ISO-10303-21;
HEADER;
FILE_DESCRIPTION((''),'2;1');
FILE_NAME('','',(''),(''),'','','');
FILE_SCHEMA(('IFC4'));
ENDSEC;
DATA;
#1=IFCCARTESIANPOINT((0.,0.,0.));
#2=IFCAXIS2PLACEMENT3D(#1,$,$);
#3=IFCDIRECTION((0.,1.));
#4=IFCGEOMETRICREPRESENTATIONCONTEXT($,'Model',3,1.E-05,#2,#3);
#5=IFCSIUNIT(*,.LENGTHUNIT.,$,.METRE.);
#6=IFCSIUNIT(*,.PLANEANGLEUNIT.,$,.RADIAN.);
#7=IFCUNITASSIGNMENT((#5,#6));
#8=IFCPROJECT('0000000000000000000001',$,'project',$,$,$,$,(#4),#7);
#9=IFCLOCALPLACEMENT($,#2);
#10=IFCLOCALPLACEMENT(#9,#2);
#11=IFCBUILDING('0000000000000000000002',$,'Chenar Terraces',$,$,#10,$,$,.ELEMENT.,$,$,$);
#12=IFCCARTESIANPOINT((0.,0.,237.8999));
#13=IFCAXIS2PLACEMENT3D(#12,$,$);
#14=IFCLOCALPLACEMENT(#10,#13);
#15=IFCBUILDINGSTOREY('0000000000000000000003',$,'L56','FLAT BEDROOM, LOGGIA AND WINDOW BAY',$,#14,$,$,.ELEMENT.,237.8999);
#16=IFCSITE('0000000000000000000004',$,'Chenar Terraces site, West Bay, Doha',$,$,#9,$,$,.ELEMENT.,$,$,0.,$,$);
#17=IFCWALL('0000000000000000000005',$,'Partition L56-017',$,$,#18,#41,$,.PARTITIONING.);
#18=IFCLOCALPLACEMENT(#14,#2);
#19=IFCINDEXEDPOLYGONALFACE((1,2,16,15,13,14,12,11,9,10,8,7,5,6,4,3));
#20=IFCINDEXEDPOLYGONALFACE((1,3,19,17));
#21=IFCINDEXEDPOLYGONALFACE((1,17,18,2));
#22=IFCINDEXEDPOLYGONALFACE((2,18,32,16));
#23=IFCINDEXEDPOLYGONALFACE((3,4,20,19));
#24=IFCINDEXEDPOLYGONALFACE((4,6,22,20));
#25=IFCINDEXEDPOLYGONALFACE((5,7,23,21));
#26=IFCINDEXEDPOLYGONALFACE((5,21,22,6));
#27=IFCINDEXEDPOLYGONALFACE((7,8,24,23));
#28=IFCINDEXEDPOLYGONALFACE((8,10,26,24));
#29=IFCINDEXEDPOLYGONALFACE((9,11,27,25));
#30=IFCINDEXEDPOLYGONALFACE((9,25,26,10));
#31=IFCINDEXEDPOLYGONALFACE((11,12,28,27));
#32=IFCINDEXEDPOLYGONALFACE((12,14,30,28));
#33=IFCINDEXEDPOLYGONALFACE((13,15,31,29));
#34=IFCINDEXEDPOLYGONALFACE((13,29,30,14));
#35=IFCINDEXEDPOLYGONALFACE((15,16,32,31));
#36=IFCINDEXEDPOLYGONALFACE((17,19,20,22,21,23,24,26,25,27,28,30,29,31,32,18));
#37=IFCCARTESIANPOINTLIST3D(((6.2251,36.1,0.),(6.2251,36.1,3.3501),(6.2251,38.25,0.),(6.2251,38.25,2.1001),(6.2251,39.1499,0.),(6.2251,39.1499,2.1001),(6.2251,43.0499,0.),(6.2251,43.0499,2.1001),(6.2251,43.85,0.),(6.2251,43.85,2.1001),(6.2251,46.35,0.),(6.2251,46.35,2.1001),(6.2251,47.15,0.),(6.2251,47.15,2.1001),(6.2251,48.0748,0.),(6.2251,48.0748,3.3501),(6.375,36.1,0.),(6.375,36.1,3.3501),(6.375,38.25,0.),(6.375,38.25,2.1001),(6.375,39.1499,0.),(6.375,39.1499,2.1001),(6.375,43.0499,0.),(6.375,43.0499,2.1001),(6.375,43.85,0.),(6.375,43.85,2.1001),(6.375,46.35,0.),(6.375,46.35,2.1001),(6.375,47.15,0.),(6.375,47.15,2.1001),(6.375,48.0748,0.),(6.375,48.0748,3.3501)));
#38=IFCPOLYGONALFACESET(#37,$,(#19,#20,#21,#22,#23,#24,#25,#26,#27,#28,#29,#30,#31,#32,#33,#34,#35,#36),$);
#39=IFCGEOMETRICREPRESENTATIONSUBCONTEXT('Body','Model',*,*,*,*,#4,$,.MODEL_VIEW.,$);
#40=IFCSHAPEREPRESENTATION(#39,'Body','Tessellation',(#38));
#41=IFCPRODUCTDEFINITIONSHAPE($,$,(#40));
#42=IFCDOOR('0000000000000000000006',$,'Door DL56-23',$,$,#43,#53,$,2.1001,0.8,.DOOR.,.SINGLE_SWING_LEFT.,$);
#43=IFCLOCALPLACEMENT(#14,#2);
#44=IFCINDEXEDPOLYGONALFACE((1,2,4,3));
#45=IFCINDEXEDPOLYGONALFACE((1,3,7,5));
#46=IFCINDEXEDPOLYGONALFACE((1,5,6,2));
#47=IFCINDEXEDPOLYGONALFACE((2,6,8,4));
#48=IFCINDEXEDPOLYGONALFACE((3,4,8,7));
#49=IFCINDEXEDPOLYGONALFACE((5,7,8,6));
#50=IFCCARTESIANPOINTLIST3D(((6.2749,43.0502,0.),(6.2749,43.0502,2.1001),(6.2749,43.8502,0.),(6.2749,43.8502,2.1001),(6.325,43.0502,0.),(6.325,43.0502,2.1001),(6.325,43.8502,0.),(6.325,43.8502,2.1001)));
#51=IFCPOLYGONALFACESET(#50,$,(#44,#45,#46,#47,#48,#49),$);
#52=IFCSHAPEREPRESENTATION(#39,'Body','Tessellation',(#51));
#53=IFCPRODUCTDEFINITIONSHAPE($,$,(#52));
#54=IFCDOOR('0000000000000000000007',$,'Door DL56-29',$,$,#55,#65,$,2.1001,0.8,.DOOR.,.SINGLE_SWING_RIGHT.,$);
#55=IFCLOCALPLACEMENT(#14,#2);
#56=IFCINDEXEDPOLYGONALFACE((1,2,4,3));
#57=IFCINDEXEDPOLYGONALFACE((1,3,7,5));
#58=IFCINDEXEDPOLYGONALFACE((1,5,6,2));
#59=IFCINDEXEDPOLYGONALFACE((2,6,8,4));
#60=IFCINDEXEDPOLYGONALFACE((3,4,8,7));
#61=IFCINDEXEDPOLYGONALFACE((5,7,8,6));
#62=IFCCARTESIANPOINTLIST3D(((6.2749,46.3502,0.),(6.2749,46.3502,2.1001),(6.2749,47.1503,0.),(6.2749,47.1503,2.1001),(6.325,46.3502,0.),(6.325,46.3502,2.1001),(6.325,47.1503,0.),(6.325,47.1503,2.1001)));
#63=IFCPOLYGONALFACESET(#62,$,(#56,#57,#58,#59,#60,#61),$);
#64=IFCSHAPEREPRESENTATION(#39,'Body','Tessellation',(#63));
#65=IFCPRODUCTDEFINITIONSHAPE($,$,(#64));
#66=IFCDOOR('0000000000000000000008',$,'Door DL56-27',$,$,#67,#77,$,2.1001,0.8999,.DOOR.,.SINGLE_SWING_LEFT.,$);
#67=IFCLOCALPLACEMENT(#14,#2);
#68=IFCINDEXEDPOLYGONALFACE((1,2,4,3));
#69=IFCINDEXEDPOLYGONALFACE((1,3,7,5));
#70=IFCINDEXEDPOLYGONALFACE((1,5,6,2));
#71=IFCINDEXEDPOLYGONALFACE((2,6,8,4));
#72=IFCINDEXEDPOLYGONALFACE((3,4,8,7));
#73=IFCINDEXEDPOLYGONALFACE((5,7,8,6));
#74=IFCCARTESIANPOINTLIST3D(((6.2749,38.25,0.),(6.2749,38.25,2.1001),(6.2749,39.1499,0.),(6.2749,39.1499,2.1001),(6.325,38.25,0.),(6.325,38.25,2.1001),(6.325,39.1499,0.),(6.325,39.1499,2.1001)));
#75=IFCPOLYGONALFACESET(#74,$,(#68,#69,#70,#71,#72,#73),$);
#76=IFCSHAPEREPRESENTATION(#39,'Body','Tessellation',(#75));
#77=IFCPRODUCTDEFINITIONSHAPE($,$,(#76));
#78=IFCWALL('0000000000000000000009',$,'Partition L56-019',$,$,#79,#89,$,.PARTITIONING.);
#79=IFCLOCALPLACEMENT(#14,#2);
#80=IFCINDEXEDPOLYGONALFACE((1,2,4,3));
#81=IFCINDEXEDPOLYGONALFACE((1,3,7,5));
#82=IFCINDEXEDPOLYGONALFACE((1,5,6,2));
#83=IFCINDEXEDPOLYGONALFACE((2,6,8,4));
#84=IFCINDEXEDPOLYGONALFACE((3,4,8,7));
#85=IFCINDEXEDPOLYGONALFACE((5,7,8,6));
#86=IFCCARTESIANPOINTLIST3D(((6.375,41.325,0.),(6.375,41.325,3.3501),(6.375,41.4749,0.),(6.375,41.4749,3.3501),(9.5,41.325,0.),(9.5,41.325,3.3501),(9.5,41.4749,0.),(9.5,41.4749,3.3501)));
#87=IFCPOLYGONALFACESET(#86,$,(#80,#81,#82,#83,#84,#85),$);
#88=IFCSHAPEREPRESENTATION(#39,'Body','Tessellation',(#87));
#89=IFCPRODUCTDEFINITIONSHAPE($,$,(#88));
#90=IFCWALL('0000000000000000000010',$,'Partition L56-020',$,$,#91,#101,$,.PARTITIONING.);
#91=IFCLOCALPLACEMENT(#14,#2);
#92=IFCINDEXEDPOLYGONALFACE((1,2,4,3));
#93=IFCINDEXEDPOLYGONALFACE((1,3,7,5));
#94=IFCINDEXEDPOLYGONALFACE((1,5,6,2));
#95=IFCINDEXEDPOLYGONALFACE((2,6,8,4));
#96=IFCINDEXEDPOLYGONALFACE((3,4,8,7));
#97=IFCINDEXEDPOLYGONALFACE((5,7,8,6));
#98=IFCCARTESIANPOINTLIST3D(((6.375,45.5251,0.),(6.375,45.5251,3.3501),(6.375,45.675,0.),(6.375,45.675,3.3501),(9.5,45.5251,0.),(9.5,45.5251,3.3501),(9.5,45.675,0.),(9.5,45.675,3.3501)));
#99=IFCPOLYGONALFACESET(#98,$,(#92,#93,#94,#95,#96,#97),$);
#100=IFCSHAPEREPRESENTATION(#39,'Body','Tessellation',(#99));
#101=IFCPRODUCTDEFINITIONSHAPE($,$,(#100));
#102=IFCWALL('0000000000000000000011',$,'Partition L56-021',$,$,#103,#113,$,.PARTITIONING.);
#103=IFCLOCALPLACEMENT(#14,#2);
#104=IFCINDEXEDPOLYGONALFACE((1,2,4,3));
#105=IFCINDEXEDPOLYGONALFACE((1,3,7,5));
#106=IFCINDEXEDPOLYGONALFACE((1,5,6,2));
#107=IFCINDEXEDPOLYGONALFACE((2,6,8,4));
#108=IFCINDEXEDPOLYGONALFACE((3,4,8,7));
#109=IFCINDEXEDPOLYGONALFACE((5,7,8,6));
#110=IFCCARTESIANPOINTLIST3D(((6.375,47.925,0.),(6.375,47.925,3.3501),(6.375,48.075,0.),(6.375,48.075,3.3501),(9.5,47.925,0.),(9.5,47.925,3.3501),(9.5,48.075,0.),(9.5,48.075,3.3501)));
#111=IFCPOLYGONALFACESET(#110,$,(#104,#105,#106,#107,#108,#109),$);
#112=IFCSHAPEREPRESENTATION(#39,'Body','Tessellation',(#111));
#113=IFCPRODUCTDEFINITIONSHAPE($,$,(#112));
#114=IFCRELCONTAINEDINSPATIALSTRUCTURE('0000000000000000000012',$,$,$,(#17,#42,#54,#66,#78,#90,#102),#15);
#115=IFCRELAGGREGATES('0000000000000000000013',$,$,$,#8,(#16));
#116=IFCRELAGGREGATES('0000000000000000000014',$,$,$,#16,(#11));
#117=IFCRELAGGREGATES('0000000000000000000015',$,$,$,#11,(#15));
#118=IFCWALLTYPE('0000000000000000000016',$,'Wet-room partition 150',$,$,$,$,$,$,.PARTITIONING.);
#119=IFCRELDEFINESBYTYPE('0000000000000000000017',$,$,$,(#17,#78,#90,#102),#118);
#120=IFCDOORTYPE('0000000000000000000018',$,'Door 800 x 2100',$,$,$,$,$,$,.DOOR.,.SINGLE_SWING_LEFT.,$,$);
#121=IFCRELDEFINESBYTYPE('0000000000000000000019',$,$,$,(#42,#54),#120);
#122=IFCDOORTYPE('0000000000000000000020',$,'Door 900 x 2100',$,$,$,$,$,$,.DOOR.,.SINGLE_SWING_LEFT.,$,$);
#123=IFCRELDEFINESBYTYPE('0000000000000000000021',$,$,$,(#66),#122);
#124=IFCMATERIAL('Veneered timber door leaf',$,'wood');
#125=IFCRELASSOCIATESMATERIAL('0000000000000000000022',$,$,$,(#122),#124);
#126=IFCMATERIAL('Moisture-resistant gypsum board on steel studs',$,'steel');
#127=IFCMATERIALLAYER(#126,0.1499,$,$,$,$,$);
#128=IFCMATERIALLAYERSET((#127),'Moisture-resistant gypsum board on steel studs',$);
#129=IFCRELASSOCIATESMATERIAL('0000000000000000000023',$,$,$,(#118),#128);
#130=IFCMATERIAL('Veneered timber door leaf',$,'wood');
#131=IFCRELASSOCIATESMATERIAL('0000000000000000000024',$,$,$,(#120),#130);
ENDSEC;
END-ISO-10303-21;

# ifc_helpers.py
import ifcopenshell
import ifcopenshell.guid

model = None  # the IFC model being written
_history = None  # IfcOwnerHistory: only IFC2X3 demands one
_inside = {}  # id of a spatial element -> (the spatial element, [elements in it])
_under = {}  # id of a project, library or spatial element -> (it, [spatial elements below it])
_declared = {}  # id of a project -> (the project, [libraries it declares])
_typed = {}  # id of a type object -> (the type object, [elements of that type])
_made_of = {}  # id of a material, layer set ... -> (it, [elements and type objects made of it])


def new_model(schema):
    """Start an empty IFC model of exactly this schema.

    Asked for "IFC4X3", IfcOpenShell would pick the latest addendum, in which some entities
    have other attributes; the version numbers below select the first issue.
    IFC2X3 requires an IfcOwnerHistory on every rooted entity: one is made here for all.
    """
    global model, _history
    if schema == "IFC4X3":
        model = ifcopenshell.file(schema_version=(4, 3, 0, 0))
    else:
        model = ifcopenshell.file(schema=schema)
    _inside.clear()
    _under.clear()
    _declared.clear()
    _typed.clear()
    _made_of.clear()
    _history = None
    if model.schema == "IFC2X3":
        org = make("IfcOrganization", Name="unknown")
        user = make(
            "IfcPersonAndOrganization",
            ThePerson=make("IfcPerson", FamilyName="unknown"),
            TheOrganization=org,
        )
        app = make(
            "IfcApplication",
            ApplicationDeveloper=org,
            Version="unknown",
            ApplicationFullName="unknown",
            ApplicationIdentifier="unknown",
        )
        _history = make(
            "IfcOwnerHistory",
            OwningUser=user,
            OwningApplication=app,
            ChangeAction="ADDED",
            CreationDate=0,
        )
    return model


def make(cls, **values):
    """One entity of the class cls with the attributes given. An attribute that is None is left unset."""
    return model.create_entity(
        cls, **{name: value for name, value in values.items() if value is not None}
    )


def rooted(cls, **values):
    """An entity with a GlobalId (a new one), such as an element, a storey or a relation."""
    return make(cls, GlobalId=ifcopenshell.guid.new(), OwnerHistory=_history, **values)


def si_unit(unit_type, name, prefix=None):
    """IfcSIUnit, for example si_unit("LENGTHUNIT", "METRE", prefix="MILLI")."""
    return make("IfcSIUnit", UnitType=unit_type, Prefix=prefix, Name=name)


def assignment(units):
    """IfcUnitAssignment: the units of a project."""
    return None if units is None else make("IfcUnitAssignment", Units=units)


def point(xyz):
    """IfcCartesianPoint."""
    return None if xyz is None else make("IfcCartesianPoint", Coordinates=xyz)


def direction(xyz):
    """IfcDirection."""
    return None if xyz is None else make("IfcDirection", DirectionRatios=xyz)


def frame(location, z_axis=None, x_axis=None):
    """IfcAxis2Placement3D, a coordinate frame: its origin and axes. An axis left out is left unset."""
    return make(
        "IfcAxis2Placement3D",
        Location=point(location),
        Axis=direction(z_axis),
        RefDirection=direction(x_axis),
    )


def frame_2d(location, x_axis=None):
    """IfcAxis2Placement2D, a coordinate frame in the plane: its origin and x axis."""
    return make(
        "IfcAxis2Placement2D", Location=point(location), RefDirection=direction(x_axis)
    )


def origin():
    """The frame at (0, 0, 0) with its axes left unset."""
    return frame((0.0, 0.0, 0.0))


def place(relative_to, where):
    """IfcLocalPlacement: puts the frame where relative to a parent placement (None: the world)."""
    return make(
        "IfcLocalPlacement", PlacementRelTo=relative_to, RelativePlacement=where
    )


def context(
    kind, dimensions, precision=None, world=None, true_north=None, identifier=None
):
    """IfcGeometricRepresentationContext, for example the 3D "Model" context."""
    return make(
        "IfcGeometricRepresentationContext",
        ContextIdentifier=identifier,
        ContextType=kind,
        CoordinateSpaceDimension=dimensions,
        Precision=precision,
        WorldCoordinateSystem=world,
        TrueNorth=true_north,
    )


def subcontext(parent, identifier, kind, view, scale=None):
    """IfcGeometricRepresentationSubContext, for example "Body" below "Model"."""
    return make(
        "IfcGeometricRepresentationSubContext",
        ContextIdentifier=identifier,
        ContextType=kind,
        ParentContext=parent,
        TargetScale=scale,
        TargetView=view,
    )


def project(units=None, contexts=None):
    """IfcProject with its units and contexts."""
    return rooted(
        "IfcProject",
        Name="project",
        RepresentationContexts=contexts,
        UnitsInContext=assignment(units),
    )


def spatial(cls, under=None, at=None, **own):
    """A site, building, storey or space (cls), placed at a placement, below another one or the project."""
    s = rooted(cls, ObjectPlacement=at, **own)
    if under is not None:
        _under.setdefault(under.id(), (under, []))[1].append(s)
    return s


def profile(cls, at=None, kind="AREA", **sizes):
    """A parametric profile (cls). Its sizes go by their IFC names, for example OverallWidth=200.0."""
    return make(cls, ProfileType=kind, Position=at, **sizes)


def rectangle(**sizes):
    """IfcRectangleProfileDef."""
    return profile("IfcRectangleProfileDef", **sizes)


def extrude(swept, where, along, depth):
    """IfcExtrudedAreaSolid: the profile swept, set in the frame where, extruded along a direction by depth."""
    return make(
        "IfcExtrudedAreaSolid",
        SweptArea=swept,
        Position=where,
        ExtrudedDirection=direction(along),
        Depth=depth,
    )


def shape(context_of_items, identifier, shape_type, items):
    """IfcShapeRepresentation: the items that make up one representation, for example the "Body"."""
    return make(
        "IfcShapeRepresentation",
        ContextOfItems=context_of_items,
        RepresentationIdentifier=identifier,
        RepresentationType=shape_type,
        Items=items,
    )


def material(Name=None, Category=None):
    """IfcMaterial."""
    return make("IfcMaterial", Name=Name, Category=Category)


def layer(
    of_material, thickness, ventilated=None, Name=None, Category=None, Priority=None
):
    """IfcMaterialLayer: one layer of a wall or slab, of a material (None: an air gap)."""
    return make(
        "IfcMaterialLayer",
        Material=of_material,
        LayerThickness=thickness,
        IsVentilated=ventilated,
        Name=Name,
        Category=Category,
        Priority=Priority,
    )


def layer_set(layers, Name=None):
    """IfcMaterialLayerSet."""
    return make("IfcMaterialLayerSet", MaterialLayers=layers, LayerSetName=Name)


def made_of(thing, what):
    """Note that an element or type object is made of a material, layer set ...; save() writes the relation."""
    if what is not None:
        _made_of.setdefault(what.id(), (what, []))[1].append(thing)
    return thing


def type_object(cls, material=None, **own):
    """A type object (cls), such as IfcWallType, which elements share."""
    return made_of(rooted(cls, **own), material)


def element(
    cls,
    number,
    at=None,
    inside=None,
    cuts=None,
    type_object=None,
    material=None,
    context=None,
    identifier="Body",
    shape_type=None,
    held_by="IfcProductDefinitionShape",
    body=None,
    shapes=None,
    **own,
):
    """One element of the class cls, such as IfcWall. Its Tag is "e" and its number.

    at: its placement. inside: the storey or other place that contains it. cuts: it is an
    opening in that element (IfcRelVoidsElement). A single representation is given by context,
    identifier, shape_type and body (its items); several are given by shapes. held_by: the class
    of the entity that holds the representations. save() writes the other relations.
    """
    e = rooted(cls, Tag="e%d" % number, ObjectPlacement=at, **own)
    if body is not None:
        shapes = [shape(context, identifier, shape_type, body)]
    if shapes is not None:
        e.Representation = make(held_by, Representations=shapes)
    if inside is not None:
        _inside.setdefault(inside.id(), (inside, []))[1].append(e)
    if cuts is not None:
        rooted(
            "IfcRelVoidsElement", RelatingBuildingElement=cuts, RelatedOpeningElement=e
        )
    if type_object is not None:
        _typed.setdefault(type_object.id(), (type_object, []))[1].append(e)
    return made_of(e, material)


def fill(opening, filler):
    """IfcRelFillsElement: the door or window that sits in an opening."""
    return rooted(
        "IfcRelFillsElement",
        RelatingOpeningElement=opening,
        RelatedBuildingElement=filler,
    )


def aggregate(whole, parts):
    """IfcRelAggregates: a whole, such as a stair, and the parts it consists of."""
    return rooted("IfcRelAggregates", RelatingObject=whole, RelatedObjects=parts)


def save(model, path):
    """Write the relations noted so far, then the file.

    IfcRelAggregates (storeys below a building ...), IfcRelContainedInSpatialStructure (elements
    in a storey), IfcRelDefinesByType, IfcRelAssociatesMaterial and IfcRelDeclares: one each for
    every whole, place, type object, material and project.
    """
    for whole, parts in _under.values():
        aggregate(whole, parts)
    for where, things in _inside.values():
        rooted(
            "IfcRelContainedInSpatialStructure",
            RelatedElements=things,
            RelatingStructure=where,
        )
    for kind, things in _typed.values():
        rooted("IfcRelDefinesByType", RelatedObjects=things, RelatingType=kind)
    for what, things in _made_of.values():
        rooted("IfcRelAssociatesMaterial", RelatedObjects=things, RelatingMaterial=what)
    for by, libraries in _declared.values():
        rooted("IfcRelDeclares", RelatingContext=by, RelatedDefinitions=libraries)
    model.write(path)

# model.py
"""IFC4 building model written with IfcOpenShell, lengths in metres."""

from ifc_helpers import new_model, si_unit, direction, frame, frame_2d, origin, place, context, subcontext, project, spatial, rectangle, extrude, material, layer, layer_set, type_object, element, fill, save


model = new_model("IFC4")

# Units and contexts
model_context = context("Model", 3, precision=1e-05, world=origin(), true_north=direction((0.0, 1.0)))
body_context = subcontext(model_context, "Body", "Model", "MODEL_VIEW")
ifc_project = project(units=[si_unit("LENGTHUNIT", "METRE"), si_unit("PLANEANGLEUNIT", "RADIAN")], contexts=[model_context])

# Site, building, storey
site_placement = place(None, origin())
site = spatial("IfcSite", under=ifc_project, at=site_placement, Name="Chenar Terraces site, West Bay, Doha", CompositionType="ELEMENT", RefElevation=0.0)
building_placement = place(site_placement, origin())
building = spatial("IfcBuilding", under=site, at=building_placement, Name="Chenar Terraces", CompositionType="ELEMENT")
storey_placement = place(building_placement, frame((0.0, 0.0, 237.8999)))
storey = spatial("IfcBuildingStorey", under=building, at=storey_placement, Name="L56", Description="FLAT BEDROOM, LOGGIA AND WINDOW BAY", CompositionType="ELEMENT", Elevation=237.8999)

# Shared definitions
ifc_material_1 = material(Name="Veneered timber door leaf", Category="wood")
door_type_1 = type_object("IfcDoorType", Name="Door 900 x 2100", OperationType="SINGLE_SWING_LEFT", PredefinedType="DOOR", material=ifc_material_1)

# Wall, openings, doors
ifc_material_2 = material(Name="Moisture-resistant gypsum board on steel studs", Category="steel")
ifc_layer_1 = layer(ifc_material_2, 0.1499)
ifc_layer_set_1 = layer_set([ifc_layer_1], Name="Moisture-resistant gypsum board on steel studs")
wall_type_1 = type_object("IfcWallType", Name="Wet-room partition 150", PredefinedType="PARTITIONING", material=ifc_layer_set_1)
wall_1_placement = place(storey_placement, frame((6.3, 36.1001, 0.0), z_axis=(0.0, 0.0, 1.0), x_axis=(0.0, 1.0, 0.0)))
wall_1 = element("IfcWall", 1, at=wall_1_placement, inside=storey, type_object=wall_type_1, Name="Partition L56-017", PredefinedType="PARTITIONING", context=body_context, shape_type="SweptSolid", body=[
    extrude(rectangle(XDim=11.9749, YDim=0.1499, at=frame_2d((5.9873, 0.0))), origin(), (0.0, 0.0, 1.0), 3.3501),
])
opening_1_placement = place(wall_1_placement, frame((6.95, 0.0, 0.0)))
opening_1 = element("IfcOpeningElement", 2, at=opening_1_placement, cuts=wall_1, PredefinedType="OPENING", context=body_context, shape_type="SweptSolid", body=[
    extrude(rectangle(XDim=0.8, YDim=2.1001, at=frame_2d((0.3999, 1.05))), frame((0.0, 0.085, 0.0), z_axis=(0.0, -1.0, 0.0), x_axis=(1.0, 0.0, 0.0)), (0.0, 0.0, 1.0), 0.1699),
])
opening_2_placement = place(wall_1_placement, frame((2.1499, 0.0, 0.0)))
opening_2 = element("IfcOpeningElement", 3, at=opening_2_placement, cuts=wall_1, PredefinedType="OPENING", context=body_context, shape_type="SweptSolid", body=[
    extrude(rectangle(XDim=0.8999, YDim=2.1001, at=frame_2d((0.45, 1.05))), frame((0.0, 0.085, 0.0), z_axis=(0.0, -1.0, 0.0), x_axis=(1.0, 0.0, 0.0)), (0.0, 0.0, 1.0), 0.1699),
])
opening_3_placement = place(wall_1_placement, frame((10.25, 0.0, 0.0)))
opening_3 = element("IfcOpeningElement", 4, at=opening_3_placement, cuts=wall_1, PredefinedType="OPENING", context=body_context, shape_type="SweptSolid", body=[
    extrude(rectangle(XDim=0.8, YDim=2.1001, at=frame_2d((0.3999, 1.05))), frame((0.0, 0.085, 0.0), z_axis=(0.0, -1.0, 0.0), x_axis=(1.0, 0.0, 0.0)), (0.0, 0.0, 1.0), 0.1699),
])
ifc_material_3 = material(Name="Veneered timber door leaf", Category="wood")
door_type_2 = type_object("IfcDoorType", Name="Door 800 x 2100", OperationType="SINGLE_SWING_LEFT", PredefinedType="DOOR", material=ifc_material_3)
door_1_placement = place(opening_1_placement, frame((0.8, 0.0, 0.0), z_axis=(0.0, 0.0, 1.0), x_axis=(-1.0, 0.0, 0.0)))
door_1 = element("IfcDoor", 5, at=door_1_placement, inside=storey, type_object=door_type_2, Name="Door DL56-23", OperationType="SINGLE_SWING_LEFT", OverallHeight=2.1001, OverallWidth=0.8, PredefinedType="DOOR", context=body_context, shape_type="SweptSolid", body=[
    extrude(rectangle(XDim=0.8, YDim=2.1001, at=frame_2d((0.3999, 1.05))), frame((0.0, 0.0249, 0.0), z_axis=(0.0, -1.0, 0.0), x_axis=(1.0, 0.0, 0.0)), (0.0, 0.0, 1.0), 0.05),
])
fill(opening_1, door_1)
door_2_placement = place(opening_3_placement, frame((0.8, 0.0, 0.0), z_axis=(0.0, 0.0, 1.0), x_axis=(-1.0, 0.0, 0.0)))
door_2 = element("IfcDoor", 6, at=door_2_placement, inside=storey, type_object=door_type_2, Name="Door DL56-29", OperationType="SINGLE_SWING_RIGHT", OverallHeight=2.1001, OverallWidth=0.8, PredefinedType="DOOR", context=body_context, shape_type="SweptSolid", body=[
    extrude(rectangle(XDim=0.8, YDim=2.1001, at=frame_2d((0.3999, 1.05))), frame((0.0, 0.0249, 0.0), z_axis=(0.0, -1.0, 0.0), x_axis=(1.0, 0.0, 0.0)), (0.0, 0.0, 1.0), 0.05),
])
fill(opening_3, door_2)
door_3_placement = place(opening_2_placement, frame((0.8999, 0.0, 0.0), z_axis=(0.0, 0.0, 1.0), x_axis=(-1.0, 0.0, 0.0)))
door_3 = element("IfcDoor", 7, at=door_3_placement, inside=storey, type_object=door_type_1, Name="Door DL56-27", OperationType="SINGLE_SWING_LEFT", OverallHeight=2.1001, OverallWidth=0.8999, PredefinedType="DOOR", context=body_context, shape_type="SweptSolid", body=[
    extrude(rectangle(XDim=0.8999, YDim=2.1001, at=frame_2d((0.45, 1.05))), frame((0.0, 0.0249, 0.0), z_axis=(0.0, -1.0, 0.0), x_axis=(1.0, 0.0, 0.0)), (0.0, 0.0, 1.0), 0.05),
])
fill(opening_2, door_3)

# Walls
for number, where, z_axis, x_axis, name in (
    (8, (6.375, 41.3999, 0.0), (0.0, 0.0, 1.0), (1.0, 0.0, 0.0), "Partition L56-019"),
    (9, (6.375, 45.6001, 0.0), (0.0, 0.0, 1.0), (1.0, 0.0, 0.0), "Partition L56-020"),
    (10, (6.375, 48.0, 0.0), (0.0, 0.0, 1.0), (1.0, 0.0, 0.0), "Partition L56-021"),
):
    element("IfcWall", number, at=place(storey_placement, frame(where, z_axis=z_axis, x_axis=x_axis)), inside=storey, type_object=wall_type_1, Name=name, PredefinedType="PARTITIONING", context=body_context, shape_type="SweptSolid", body=[
        extrude(rectangle(XDim=3.125, YDim=0.1499, at=frame_2d((1.5625, 0.0))), origin(), (0.0, 0.0, 1.0), 3.3501),
    ])

save(model, "model.ifc")
